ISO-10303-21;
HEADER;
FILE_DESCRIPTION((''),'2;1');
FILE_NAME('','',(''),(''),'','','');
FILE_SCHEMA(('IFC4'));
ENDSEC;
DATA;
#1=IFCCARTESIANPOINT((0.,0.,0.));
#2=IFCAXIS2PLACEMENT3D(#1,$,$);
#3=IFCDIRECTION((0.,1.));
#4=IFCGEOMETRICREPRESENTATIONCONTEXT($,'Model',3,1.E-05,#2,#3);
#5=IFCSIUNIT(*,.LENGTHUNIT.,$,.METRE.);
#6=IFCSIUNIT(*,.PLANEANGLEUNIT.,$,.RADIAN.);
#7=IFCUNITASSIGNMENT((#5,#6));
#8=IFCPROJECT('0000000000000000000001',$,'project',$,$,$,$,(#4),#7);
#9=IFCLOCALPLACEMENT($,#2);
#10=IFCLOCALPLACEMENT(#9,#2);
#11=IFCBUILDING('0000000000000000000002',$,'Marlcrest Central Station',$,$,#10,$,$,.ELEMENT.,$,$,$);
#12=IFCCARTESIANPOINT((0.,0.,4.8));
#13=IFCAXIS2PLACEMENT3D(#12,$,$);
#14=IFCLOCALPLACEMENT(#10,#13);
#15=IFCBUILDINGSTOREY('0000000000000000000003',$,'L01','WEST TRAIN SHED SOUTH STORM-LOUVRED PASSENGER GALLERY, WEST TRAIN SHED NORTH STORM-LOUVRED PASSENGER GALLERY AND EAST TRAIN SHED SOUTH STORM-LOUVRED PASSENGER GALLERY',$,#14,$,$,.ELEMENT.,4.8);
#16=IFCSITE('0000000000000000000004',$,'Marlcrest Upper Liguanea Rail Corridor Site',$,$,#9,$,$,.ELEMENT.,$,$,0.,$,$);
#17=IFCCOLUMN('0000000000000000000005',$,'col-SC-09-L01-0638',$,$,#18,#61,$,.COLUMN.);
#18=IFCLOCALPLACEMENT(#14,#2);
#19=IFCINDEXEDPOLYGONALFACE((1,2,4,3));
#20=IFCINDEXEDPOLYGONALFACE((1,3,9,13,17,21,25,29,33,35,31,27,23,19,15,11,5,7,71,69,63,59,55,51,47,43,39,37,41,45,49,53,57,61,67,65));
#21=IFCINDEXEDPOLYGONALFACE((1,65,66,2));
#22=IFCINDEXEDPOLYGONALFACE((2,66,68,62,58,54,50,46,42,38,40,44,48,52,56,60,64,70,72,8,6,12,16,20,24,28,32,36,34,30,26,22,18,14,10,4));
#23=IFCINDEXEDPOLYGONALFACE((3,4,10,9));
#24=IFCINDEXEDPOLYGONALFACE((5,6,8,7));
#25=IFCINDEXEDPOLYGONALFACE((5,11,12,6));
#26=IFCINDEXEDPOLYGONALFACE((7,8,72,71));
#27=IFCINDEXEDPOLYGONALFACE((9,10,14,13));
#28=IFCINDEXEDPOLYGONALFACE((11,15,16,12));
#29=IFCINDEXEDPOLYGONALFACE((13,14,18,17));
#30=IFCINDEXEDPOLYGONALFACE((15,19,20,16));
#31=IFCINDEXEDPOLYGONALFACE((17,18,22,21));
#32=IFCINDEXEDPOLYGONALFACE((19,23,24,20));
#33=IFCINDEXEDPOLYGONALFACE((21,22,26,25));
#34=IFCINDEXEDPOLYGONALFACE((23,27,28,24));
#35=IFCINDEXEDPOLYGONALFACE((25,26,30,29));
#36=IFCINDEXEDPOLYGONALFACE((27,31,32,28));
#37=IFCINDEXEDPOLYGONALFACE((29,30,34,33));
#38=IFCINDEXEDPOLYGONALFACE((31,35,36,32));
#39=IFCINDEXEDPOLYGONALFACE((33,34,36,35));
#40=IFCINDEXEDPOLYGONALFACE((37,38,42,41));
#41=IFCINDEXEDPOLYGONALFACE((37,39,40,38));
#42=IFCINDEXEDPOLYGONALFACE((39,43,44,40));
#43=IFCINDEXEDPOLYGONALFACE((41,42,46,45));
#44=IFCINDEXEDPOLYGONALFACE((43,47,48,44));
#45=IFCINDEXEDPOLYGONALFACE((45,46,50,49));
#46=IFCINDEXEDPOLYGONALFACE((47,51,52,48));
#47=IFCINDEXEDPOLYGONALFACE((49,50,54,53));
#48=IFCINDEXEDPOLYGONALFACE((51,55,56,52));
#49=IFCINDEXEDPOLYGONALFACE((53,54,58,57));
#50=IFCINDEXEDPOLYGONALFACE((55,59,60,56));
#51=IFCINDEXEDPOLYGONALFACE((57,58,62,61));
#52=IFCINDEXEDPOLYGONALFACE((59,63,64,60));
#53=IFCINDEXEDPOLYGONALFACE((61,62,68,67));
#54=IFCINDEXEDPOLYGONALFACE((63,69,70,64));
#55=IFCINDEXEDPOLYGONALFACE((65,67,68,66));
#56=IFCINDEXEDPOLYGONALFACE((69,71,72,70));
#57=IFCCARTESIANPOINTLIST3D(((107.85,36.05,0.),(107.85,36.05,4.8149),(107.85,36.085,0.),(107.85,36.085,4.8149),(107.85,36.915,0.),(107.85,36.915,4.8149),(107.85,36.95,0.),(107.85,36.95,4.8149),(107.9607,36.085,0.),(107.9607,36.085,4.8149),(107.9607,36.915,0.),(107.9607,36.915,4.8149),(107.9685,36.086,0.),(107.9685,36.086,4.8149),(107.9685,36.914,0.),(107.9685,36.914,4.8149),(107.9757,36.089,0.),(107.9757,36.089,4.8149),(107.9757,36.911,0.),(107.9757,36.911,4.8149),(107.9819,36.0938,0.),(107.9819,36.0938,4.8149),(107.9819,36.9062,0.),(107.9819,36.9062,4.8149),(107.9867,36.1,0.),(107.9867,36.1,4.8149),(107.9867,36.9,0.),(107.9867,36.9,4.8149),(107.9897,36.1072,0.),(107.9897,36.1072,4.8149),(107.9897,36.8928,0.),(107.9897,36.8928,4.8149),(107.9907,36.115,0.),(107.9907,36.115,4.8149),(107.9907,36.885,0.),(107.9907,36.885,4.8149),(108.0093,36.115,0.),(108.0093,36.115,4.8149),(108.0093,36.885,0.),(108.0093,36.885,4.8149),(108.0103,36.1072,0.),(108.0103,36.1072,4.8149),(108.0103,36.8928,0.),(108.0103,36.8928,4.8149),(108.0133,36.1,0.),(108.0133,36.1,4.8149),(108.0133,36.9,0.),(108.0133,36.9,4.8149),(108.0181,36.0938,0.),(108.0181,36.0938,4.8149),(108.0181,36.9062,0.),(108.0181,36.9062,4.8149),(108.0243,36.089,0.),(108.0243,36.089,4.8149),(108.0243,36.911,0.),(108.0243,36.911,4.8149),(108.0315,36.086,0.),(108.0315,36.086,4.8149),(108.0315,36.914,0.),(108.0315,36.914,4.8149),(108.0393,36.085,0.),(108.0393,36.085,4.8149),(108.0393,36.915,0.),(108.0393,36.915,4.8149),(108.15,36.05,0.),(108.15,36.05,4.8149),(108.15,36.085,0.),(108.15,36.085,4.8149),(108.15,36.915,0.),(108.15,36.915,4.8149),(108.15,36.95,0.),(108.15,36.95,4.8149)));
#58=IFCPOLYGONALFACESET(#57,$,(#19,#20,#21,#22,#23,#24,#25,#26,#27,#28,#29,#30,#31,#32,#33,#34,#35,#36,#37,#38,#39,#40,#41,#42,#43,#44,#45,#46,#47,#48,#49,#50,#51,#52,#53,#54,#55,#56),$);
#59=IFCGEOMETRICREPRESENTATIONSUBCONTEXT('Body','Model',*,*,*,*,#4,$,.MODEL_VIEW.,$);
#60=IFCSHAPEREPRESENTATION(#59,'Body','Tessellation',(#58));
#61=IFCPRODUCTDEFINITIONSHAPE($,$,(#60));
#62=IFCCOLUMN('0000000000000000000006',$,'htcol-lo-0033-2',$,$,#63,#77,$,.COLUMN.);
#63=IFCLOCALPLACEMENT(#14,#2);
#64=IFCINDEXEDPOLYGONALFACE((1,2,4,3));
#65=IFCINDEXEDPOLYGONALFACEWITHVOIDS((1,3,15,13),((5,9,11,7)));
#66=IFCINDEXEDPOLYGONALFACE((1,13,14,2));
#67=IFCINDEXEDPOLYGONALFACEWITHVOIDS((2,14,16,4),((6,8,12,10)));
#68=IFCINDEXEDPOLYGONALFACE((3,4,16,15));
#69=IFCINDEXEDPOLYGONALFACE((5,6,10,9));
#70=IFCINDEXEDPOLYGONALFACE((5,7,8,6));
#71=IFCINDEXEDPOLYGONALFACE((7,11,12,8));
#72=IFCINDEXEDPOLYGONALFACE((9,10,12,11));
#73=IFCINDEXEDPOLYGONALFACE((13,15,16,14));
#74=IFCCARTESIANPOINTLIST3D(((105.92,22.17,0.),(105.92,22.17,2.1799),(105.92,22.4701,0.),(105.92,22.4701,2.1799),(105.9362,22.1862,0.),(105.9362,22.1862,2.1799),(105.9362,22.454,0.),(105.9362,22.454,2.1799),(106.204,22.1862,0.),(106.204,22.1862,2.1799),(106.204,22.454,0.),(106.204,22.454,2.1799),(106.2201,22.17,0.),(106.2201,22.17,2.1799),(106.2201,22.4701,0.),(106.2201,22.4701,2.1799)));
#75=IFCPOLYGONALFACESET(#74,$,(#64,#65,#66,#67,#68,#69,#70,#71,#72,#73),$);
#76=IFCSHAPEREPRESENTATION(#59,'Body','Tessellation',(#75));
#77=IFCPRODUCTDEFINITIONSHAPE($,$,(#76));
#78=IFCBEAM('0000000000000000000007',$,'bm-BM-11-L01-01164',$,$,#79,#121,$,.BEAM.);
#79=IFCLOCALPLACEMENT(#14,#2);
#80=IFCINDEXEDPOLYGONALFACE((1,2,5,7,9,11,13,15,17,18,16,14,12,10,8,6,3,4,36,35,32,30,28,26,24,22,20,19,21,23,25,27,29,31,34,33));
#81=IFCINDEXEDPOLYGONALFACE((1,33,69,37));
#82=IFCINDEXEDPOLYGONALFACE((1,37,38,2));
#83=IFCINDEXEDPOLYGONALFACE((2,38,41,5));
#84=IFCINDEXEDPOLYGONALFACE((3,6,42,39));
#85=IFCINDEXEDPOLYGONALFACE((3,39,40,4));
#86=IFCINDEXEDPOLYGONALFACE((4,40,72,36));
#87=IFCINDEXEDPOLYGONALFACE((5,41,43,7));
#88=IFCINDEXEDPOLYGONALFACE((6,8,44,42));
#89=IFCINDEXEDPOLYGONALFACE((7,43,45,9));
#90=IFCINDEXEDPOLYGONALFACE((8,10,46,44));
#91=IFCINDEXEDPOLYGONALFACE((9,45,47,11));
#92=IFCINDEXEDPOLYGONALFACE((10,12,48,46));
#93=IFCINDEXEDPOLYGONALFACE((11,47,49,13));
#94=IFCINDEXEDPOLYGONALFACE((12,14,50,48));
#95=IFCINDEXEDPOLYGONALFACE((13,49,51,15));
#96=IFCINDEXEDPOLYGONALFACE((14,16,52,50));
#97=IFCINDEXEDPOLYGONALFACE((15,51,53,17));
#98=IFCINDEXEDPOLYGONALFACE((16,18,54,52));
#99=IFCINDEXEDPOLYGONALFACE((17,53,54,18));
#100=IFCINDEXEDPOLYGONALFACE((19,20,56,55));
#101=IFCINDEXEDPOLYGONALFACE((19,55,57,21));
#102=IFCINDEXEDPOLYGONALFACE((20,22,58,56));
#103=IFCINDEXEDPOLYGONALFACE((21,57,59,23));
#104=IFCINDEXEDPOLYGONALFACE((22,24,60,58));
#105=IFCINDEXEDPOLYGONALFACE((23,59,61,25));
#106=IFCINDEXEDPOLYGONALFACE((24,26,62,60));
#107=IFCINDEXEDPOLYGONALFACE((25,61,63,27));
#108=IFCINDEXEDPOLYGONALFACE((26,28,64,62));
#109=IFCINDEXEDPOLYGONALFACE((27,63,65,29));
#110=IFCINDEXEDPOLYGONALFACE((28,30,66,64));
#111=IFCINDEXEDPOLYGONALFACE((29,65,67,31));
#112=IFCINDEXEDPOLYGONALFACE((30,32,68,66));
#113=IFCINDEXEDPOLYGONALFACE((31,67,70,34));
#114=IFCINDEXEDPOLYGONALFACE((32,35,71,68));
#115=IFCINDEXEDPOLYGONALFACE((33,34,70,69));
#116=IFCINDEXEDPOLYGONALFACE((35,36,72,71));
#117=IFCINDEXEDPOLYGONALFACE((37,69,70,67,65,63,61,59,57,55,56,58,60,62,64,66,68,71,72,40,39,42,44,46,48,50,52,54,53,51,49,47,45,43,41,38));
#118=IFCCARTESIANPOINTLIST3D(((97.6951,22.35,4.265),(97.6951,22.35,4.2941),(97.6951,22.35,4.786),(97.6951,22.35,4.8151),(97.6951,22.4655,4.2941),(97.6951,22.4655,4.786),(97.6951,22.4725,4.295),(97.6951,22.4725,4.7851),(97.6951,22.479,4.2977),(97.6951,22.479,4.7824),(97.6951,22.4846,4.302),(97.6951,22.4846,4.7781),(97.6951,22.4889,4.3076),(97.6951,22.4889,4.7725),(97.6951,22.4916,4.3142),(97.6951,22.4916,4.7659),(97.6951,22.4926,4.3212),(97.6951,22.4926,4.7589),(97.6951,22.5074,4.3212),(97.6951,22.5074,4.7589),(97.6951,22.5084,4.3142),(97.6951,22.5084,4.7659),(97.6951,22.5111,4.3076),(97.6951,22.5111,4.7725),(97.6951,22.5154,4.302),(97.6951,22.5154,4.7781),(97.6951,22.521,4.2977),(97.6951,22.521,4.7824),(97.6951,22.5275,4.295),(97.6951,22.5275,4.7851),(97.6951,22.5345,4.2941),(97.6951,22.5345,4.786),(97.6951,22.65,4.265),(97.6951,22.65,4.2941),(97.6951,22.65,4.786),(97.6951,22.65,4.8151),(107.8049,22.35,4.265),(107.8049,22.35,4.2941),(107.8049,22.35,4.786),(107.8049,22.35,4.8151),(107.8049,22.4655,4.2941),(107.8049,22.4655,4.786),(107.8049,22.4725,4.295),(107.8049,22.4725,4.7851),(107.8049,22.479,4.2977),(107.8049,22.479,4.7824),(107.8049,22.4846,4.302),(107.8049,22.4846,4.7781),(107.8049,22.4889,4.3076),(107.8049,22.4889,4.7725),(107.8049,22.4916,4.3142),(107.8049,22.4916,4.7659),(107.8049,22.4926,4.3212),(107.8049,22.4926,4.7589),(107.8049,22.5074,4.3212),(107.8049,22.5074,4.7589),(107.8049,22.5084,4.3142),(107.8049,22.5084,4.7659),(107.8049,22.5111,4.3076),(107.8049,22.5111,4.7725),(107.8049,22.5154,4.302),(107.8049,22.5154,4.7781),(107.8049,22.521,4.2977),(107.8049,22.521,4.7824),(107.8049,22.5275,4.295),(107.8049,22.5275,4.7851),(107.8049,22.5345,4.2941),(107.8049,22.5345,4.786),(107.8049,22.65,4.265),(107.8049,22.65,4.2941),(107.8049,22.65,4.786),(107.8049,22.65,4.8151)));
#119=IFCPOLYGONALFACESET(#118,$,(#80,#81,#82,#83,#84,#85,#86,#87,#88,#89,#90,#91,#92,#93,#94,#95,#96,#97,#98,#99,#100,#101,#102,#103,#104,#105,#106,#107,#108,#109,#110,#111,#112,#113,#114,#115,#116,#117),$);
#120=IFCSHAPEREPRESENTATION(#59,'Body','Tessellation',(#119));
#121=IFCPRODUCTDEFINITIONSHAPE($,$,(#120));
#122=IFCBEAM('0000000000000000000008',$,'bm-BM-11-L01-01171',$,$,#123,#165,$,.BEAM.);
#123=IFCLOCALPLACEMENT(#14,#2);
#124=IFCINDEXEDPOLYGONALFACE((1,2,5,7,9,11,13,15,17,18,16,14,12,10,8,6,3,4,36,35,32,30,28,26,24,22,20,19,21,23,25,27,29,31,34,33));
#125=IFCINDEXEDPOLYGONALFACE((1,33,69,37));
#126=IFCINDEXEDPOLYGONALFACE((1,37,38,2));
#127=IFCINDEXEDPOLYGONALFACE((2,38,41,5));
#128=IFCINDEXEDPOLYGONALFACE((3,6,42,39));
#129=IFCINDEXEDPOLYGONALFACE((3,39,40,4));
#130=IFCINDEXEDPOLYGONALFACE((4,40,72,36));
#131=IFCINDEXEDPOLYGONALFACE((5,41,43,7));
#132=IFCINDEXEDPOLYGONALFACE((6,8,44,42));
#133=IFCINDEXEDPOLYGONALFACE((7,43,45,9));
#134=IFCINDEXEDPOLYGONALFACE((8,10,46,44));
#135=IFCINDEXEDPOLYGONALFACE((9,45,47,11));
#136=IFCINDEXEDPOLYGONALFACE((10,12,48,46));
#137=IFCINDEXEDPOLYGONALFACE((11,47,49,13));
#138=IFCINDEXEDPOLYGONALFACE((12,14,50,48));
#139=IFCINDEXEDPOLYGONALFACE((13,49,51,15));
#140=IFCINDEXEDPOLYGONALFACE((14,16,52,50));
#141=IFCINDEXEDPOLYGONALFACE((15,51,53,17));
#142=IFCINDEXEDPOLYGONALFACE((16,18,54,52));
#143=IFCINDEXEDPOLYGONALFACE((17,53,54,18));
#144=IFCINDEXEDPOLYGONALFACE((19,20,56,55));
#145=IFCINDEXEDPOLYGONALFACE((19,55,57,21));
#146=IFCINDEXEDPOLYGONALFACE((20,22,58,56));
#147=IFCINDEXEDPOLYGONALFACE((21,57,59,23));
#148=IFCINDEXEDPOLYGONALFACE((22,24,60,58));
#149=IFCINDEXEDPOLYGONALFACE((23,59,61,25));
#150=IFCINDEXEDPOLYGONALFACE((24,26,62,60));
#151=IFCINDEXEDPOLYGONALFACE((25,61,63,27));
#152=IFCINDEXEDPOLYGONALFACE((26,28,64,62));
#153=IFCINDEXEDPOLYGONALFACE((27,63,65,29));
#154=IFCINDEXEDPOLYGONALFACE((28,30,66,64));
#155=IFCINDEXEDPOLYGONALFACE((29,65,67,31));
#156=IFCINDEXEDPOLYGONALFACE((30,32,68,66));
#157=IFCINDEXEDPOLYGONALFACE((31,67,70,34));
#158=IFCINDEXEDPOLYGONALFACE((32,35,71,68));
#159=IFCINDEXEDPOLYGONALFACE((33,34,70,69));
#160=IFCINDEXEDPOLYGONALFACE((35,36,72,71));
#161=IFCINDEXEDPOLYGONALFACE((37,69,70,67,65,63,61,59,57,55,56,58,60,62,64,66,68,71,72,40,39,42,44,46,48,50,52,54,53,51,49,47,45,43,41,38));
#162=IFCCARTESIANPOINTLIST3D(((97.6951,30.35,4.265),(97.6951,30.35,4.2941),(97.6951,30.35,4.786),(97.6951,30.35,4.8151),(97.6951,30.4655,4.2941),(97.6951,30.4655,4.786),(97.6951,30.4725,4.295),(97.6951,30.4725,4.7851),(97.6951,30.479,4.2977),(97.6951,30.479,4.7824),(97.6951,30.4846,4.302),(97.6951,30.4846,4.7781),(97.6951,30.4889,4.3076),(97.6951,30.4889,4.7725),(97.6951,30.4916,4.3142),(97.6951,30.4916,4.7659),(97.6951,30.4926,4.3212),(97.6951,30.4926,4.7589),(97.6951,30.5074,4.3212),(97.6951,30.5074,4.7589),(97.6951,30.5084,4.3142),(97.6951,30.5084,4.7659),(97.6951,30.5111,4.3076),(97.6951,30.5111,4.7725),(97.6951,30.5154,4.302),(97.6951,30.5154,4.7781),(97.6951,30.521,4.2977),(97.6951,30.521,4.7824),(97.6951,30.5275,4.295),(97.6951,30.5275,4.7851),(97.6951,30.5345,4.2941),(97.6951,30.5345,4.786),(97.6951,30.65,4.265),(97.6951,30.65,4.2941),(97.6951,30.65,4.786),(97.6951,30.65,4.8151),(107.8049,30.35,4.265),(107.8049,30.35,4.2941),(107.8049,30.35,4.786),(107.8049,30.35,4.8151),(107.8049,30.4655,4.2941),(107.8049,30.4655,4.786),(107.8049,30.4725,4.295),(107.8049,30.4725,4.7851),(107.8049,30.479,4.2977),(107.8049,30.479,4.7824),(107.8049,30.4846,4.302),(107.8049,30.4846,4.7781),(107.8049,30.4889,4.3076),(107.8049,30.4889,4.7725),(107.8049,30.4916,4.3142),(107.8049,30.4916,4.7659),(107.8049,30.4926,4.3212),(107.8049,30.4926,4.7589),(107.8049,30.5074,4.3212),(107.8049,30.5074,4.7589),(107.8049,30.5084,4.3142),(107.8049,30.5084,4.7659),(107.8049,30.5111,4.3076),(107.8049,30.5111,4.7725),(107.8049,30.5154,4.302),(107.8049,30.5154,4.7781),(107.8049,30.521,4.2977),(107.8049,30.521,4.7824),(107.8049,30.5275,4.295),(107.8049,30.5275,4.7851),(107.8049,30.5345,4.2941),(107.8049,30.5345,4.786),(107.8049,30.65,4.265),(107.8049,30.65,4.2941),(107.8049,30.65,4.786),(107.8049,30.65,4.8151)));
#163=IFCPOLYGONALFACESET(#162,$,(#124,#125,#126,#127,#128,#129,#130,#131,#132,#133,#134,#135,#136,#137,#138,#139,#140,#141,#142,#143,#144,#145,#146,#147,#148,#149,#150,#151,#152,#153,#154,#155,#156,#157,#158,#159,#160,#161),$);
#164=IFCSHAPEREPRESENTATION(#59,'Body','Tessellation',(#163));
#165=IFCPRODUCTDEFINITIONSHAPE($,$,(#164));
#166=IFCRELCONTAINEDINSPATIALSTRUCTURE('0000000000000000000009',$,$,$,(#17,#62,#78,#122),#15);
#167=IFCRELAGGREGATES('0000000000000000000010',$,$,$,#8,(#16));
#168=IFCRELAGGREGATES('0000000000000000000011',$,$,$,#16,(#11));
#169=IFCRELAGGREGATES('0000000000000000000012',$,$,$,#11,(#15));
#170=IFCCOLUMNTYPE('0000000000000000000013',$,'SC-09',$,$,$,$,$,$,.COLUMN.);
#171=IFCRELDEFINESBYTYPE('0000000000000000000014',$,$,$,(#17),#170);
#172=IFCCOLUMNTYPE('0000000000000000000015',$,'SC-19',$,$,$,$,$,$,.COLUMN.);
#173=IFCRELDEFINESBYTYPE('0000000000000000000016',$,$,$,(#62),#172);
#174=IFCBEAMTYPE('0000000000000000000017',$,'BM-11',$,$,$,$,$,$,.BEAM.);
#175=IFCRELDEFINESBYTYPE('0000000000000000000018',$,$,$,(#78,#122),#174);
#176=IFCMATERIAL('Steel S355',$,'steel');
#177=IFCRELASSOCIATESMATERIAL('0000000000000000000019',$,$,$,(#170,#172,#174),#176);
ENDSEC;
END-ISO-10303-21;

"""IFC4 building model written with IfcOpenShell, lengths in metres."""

from ifc_helpers import new_model, si_unit, direction, frame, origin, origin_2d, place, context, subcontext, project, spatial, hollow_rectangle, i_section, extrude, material, material_profile, profile_set, type_object, element, save


model = new_model("IFC4")

# Units and contexts
model_context = context("Model", 3, precision=1e-05, world=origin(), true_north=direction((0.0, 1.0)))
body_context = subcontext(model_context, "Body", "Model", "MODEL_VIEW")
ifc_project = project(units=[si_unit("LENGTHUNIT", "METRE"), si_unit("PLANEANGLEUNIT", "RADIAN")], contexts=[model_context])

# Site, building, storey
site_placement = place(None, origin())
site = spatial("IfcSite", under=ifc_project, at=site_placement, Name="Marlcrest Upper Liguanea Rail Corridor Site", CompositionType="ELEMENT", RefElevation=0.0)
building_placement = place(site_placement, origin())
building = spatial("IfcBuilding", under=site, at=building_placement, Name="Marlcrest Central Station", CompositionType="ELEMENT")
storey_placement = place(building_placement, frame((0.0, 0.0, 4.8)))
storey = spatial("IfcBuildingStorey", under=building, at=storey_placement, Name="L01", Description="WEST TRAIN SHED SOUTH STORM-LOUVRED PASSENGER GALLERY, WEST TRAIN SHED NORTH STORM-LOUVRED PASSENGER GALLERY AND EAST TRAIN SHED SOUTH STORM-LOUVRED PASSENGER GALLERY", CompositionType="ELEMENT", Elevation=4.8)

# Columns
ifc_material_1 = material(Name="Steel S355", Category="steel")
ifc_material_profile_1 = material_profile(ifc_material_1, i_section(OverallWidth=0.3, OverallDepth=0.8999, WebThickness=0.0186, FlangeThickness=0.0349, FilletRadius=0.03, at=origin_2d()), Name="HEB 900")
ifc_profile_set_1 = profile_set([ifc_material_profile_1], Name="Steel S355")
column_type_1 = type_object("IfcColumnType", Name="SC-09", PredefinedType="COLUMN", material=ifc_profile_set_1)
column_1_placement = place(storey_placement, frame((108.0, 36.5, 0.0), z_axis=(0.0, 0.0, 1.0), x_axis=(1.0, 0.0, 0.0)))
element("IfcColumn", 1, at=column_1_placement, inside=storey, type_object=column_type_1, Name="col-SC-09-L01-0638", PredefinedType="COLUMN", context=body_context, shape_type="SweptSolid", body=[
    extrude(i_section(OverallWidth=0.3, OverallDepth=0.8999, WebThickness=0.0186, FlangeThickness=0.0349, FilletRadius=0.03, at=origin_2d()), origin(), (0.0, 0.0, 1.0), 4.8149),
])
ifc_material_profile_2 = material_profile(ifc_material_1, hollow_rectangle(XDim=0.3, YDim=0.3, WallThickness=0.0161, at=origin_2d()), Name="SHS 300x300x16")
ifc_profile_set_2 = profile_set([ifc_material_profile_2], Name="Steel S355")
column_type_2 = type_object("IfcColumnType", Name="SC-19", PredefinedType="COLUMN", material=ifc_profile_set_2)
column_2_placement = place(storey_placement, frame((106.0701, 22.3201, 0.0), z_axis=(0.0, 0.0, 1.0), x_axis=(1.0, 0.0, 0.0)))
element("IfcColumn", 2, at=column_2_placement, inside=storey, type_object=column_type_2, Name="htcol-lo-0033-2", PredefinedType="COLUMN", context=body_context, shape_type="SweptSolid", body=[
    extrude(hollow_rectangle(XDim=0.3, YDim=0.3, WallThickness=0.0161, at=origin_2d()), origin(), (0.0, 0.0, 1.0), 2.1799),
])

# Beams
ifc_material_profile_3 = material_profile(ifc_material_1, i_section(OverallWidth=0.3, OverallDepth=0.55, WebThickness=0.0149, FlangeThickness=0.0291, FilletRadius=0.0271, at=origin_2d()), Name="HEB 550")
ifc_profile_set_3 = profile_set([ifc_material_profile_3], Name="Steel S355")
beam_type_1 = type_object("IfcBeamType", Name="BM-11", PredefinedType="BEAM", material=ifc_profile_set_3)
for number, where, z_axis, x_axis, name in (
    (3, (97.6951, 22.5, 4.54), (1.0, 0.0, 0.0), (0.0, 1.0, 0.0), "bm-BM-11-L01-01164"),
    (4, (97.6951, 30.5, 4.54), (1.0, 0.0, 0.0), (0.0, 1.0, 0.0), "bm-BM-11-L01-01171"),
):
    element("IfcBeam", number, at=place(storey_placement, frame(where, z_axis=z_axis, x_axis=x_axis)), inside=storey, type_object=beam_type_1, Name=name, PredefinedType="BEAM", context=body_context, shape_type="SweptSolid", body=[
        extrude(i_section(OverallWidth=0.3, OverallDepth=0.55, WebThickness=0.0149, FlangeThickness=0.0291, FilletRadius=0.0271, at=origin_2d()), origin(), (0.0, 0.0, 1.0), 10.1099),
    ])

save(model, "model.ifc")
